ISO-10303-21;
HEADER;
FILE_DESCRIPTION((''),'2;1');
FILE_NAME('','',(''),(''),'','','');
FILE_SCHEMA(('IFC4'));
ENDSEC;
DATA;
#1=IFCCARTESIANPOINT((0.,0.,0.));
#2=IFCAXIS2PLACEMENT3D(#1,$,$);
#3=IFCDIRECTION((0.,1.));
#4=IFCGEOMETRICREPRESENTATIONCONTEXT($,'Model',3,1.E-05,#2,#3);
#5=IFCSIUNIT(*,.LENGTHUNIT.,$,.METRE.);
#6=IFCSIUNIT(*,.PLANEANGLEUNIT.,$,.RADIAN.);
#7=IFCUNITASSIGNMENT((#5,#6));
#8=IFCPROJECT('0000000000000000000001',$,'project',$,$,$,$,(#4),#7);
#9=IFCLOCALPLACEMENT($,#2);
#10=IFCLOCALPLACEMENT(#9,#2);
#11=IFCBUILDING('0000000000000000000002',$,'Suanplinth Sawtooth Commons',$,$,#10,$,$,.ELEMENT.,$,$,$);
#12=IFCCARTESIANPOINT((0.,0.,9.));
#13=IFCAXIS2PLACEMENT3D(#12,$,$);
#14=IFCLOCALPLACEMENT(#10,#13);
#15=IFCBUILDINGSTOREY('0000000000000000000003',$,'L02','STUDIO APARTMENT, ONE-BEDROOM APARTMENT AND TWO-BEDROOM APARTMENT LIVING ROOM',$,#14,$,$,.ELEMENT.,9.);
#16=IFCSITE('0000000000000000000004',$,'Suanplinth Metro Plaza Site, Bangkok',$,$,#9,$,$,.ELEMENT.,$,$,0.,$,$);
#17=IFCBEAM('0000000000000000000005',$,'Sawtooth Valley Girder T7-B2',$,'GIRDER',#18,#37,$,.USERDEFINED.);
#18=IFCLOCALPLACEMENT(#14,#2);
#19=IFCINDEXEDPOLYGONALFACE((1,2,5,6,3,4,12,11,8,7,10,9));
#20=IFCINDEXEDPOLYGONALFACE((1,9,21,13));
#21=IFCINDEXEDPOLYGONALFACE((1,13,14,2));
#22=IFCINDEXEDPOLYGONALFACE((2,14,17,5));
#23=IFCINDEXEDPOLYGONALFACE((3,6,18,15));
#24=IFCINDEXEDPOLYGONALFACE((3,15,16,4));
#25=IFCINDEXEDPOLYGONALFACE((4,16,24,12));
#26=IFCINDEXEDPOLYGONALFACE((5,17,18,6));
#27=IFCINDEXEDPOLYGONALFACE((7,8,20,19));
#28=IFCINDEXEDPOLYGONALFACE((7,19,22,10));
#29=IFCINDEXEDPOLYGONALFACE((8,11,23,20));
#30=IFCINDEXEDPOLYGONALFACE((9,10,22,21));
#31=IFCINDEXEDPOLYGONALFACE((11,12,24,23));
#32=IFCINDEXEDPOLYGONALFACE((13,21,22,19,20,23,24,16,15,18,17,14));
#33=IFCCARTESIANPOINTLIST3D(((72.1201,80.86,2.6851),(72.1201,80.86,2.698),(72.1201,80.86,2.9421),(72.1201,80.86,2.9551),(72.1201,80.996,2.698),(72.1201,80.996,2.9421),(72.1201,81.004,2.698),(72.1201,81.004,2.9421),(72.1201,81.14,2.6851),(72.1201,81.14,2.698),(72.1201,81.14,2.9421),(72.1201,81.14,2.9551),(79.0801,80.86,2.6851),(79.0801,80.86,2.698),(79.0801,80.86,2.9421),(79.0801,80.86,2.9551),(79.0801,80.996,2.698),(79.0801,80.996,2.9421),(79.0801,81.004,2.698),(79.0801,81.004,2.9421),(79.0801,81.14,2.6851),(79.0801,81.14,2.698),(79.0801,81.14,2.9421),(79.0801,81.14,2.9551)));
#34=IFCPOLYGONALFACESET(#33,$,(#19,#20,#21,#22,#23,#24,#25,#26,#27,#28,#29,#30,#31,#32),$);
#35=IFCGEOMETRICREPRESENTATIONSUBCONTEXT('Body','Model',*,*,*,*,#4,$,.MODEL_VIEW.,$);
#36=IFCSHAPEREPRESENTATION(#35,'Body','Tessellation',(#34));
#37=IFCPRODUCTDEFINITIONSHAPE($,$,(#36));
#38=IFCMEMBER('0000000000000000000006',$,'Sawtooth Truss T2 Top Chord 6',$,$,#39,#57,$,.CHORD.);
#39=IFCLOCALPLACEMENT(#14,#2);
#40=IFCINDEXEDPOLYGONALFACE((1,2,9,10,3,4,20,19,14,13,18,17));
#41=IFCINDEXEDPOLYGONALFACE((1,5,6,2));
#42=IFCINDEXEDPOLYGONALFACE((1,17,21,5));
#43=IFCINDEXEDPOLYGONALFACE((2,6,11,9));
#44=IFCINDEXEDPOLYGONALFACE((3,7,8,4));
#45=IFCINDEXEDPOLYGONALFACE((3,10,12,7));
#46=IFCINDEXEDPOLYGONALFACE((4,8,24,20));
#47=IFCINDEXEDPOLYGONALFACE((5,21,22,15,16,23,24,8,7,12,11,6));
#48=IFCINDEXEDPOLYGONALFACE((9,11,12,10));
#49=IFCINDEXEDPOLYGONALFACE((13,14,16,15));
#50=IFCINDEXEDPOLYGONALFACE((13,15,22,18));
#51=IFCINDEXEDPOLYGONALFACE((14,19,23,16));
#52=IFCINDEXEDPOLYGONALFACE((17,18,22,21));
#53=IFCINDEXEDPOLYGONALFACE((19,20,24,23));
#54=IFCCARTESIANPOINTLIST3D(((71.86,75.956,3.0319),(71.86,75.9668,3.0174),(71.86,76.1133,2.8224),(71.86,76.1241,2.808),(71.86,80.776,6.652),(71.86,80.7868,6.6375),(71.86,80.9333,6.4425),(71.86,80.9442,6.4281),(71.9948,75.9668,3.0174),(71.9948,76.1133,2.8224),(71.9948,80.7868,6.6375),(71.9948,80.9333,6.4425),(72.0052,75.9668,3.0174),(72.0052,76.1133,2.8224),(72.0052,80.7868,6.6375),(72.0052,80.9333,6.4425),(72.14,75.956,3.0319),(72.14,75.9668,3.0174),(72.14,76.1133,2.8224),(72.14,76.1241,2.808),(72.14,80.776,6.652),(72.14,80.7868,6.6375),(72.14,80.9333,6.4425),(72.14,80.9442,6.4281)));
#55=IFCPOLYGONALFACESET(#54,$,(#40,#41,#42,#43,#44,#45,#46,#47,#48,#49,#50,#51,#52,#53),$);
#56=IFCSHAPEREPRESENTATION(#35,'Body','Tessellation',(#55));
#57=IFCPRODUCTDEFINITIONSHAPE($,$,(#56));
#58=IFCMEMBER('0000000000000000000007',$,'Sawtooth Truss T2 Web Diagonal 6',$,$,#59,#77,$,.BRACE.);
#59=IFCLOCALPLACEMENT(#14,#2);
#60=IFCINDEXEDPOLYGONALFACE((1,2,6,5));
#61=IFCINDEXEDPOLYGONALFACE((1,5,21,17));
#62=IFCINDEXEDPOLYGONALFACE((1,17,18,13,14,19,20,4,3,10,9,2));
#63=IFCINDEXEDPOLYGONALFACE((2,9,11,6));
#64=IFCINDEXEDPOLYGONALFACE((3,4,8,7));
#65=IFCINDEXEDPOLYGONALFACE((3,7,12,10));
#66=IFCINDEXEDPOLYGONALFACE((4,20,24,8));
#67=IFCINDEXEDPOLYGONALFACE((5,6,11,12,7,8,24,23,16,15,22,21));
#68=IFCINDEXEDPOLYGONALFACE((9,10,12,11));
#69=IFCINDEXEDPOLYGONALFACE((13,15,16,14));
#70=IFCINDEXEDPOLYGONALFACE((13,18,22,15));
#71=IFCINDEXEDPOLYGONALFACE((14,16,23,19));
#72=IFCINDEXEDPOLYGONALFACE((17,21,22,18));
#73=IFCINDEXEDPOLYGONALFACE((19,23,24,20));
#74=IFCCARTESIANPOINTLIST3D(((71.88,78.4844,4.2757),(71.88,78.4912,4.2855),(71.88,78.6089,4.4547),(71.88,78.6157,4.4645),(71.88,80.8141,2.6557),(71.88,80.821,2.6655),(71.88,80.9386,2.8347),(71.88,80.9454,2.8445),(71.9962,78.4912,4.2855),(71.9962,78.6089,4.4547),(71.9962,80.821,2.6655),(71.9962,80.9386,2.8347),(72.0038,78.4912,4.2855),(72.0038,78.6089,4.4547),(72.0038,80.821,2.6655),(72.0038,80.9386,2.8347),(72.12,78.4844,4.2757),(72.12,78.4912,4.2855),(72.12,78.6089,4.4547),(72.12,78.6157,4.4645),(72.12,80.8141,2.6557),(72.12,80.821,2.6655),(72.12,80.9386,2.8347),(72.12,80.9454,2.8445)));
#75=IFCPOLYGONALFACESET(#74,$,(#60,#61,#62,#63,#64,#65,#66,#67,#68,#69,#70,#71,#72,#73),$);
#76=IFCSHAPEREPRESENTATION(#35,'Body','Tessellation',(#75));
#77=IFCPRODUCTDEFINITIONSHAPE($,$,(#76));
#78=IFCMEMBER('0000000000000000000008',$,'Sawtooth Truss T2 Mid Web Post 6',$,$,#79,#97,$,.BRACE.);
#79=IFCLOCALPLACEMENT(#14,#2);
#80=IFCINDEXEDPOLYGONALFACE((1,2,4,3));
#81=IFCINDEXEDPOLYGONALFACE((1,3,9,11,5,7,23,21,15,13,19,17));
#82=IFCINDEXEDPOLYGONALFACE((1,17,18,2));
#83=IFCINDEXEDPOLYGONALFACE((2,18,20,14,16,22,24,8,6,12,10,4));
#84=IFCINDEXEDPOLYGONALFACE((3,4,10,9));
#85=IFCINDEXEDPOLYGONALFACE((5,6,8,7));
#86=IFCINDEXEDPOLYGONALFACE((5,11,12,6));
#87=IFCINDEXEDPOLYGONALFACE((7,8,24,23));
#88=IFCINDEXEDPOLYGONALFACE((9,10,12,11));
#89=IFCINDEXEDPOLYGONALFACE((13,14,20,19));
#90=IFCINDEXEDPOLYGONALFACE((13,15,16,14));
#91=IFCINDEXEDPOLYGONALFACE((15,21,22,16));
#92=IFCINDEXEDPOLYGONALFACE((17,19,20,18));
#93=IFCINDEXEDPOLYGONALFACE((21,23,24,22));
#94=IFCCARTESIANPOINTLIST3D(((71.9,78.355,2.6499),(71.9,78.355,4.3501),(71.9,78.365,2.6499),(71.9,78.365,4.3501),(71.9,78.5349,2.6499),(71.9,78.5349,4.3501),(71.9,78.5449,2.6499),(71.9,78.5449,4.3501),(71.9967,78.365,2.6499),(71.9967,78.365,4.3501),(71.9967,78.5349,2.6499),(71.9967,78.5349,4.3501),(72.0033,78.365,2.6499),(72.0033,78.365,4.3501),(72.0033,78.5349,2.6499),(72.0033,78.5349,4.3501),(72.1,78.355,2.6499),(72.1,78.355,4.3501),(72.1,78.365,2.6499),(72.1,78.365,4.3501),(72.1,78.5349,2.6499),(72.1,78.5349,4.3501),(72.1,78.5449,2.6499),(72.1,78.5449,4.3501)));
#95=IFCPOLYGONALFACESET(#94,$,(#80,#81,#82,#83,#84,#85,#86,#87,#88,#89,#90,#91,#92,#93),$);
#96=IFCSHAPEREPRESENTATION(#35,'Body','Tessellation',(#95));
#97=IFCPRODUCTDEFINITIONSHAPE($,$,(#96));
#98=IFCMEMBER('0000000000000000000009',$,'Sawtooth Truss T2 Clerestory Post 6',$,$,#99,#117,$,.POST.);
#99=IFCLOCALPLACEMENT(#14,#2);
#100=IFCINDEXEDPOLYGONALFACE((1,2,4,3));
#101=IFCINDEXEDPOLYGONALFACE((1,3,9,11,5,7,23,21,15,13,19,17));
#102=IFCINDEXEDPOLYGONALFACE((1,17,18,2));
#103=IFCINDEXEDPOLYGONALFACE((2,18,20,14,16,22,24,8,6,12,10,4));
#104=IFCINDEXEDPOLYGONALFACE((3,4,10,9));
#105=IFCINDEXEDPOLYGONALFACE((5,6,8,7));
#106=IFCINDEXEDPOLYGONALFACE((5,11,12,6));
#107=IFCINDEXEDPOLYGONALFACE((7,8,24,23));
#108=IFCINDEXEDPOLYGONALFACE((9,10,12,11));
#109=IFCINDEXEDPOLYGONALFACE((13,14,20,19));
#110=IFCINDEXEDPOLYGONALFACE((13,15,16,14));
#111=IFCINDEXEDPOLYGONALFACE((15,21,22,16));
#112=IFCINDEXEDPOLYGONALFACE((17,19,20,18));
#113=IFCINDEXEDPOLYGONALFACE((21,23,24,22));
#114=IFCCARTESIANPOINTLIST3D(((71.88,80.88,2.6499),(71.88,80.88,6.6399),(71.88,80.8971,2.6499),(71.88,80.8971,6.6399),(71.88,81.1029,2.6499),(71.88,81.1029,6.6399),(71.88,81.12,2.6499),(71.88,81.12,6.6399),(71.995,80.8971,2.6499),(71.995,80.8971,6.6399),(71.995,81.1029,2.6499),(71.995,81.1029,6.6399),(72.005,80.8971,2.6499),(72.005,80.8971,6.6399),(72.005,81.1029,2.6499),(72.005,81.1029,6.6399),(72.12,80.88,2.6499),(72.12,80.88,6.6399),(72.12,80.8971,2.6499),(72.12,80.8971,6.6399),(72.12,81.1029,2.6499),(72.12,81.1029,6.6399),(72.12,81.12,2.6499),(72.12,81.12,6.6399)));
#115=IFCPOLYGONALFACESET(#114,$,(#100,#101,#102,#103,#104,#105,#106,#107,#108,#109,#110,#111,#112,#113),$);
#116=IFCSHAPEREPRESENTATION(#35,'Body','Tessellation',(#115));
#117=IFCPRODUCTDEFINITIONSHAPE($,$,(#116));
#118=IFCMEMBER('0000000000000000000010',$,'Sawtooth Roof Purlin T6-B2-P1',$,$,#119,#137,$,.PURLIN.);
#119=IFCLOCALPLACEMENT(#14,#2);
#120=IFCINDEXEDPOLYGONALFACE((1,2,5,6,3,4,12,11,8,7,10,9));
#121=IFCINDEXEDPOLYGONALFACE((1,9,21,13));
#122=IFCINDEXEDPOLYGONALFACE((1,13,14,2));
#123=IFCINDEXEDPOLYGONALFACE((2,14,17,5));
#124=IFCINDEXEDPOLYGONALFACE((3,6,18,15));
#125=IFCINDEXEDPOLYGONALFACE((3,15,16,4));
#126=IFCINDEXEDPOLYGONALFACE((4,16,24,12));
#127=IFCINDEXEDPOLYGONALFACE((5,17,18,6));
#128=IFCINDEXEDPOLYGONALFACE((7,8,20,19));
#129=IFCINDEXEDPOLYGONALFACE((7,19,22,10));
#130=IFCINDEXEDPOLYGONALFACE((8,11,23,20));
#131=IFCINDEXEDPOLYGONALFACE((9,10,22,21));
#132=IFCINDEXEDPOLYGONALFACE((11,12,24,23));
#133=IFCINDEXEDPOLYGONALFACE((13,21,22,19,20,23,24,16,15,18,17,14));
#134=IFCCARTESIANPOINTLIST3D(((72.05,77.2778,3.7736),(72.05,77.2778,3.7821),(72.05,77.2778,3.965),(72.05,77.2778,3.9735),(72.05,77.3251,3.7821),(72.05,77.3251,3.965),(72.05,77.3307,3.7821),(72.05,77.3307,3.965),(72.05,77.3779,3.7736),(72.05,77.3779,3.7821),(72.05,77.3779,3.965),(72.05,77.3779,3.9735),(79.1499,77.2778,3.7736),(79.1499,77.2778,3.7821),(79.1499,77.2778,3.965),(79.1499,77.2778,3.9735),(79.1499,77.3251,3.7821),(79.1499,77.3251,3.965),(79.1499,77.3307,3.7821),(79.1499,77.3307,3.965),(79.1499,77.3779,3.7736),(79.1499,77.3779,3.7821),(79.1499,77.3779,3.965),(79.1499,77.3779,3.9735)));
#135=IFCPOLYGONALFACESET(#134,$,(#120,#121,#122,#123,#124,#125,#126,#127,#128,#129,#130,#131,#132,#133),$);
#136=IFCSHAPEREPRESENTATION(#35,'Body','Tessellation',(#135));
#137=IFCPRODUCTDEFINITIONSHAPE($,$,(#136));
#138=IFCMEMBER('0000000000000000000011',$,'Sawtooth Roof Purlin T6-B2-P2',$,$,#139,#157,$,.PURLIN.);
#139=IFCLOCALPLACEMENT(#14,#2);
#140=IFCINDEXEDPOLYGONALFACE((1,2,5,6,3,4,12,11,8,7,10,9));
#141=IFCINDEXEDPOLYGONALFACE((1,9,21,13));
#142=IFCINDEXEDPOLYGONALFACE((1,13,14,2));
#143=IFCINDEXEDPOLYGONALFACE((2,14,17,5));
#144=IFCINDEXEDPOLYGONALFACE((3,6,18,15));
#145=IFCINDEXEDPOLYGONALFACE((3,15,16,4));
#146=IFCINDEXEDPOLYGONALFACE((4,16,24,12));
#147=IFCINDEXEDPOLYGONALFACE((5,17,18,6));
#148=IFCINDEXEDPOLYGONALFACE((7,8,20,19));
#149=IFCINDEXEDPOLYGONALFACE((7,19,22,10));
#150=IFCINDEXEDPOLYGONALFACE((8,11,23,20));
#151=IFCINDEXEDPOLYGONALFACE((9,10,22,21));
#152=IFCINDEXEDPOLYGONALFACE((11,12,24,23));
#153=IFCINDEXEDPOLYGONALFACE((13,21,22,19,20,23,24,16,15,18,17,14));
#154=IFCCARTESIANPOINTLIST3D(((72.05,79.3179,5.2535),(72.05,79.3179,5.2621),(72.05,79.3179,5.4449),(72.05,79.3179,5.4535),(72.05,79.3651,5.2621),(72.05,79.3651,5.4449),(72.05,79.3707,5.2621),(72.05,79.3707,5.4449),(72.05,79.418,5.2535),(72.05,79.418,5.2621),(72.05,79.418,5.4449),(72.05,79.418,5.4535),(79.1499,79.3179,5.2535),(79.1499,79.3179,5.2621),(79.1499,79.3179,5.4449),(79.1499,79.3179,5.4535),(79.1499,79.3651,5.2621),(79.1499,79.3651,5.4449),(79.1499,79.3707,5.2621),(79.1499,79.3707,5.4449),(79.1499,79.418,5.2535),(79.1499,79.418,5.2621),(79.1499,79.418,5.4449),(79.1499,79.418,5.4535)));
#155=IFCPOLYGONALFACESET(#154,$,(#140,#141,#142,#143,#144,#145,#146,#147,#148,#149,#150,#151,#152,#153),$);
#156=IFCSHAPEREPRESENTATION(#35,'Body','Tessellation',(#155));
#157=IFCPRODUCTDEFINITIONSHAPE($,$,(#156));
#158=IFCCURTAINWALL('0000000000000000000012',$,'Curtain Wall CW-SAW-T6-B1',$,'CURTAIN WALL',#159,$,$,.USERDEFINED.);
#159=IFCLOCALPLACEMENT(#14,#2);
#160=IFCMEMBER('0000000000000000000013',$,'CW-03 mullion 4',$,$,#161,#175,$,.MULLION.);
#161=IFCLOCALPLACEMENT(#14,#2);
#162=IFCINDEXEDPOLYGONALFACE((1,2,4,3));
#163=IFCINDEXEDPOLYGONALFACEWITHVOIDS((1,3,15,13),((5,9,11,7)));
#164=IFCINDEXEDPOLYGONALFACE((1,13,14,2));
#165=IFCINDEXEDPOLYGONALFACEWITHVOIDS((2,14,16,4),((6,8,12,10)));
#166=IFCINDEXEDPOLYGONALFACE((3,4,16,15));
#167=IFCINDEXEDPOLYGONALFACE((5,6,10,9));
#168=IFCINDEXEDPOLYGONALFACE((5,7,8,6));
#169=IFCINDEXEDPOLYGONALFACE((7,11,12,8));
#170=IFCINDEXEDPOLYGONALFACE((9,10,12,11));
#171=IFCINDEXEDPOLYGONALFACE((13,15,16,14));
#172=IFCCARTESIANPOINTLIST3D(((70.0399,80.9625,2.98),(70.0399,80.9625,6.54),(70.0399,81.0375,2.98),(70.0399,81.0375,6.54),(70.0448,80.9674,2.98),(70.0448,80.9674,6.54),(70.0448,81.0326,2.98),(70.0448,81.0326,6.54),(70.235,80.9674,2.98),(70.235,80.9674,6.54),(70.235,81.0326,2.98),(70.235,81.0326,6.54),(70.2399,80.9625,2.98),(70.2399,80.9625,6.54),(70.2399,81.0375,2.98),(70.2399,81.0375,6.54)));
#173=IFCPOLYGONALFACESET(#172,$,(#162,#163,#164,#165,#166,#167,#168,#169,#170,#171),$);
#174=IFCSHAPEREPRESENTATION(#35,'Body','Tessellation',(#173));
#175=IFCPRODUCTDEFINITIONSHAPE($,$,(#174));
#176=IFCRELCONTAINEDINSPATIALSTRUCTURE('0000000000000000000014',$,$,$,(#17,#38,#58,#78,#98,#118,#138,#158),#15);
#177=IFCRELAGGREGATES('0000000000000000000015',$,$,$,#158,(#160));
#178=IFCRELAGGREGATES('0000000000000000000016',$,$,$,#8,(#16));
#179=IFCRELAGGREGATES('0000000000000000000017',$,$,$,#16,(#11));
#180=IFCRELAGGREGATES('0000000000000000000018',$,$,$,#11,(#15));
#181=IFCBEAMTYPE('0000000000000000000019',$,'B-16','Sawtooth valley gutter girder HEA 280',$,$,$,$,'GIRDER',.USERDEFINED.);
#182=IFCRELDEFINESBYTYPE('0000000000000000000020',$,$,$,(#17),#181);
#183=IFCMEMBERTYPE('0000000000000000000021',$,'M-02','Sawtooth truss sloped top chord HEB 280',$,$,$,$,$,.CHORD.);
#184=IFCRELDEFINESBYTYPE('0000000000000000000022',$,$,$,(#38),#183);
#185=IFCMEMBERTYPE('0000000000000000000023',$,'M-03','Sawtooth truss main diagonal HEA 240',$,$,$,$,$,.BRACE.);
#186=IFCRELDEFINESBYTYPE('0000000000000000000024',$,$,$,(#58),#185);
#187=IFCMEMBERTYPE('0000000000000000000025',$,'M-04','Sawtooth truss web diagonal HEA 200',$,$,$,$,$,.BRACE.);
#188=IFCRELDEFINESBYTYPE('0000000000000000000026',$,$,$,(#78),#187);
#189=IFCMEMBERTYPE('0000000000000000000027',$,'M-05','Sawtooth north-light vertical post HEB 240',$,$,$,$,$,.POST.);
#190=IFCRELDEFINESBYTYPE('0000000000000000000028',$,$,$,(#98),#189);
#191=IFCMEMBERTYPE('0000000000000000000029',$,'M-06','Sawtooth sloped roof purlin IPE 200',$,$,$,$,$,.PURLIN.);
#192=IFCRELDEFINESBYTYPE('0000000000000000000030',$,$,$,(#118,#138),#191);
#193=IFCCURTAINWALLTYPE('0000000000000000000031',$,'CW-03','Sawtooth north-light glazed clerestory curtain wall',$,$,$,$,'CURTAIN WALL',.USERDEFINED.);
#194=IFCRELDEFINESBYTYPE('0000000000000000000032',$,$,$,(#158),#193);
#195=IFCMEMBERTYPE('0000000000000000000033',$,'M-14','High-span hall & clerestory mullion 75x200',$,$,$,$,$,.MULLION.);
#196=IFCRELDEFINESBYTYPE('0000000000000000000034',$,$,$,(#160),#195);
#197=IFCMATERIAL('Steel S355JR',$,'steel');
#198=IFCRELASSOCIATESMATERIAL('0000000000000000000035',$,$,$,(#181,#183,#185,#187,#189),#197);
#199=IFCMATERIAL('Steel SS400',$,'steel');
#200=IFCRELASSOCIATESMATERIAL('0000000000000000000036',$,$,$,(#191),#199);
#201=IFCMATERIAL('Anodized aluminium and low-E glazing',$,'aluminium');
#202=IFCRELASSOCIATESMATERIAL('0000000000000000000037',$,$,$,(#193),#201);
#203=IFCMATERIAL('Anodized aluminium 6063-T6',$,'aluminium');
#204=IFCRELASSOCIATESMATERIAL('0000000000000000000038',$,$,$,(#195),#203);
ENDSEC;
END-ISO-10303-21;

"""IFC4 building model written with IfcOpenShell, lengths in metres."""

from ifc_helpers import new_model, si_unit, direction, frame, origin, origin_2d, place, context, subcontext, project, spatial, hollow_rectangle, i_section, extrude, material, material_profile, profile_set, type_object, element, aggregate, save


model = new_model("IFC4")

# Units and contexts
model_context = context("Model", 3, precision=1e-05, world=origin(), true_north=direction((0.0, 1.0)))
body_context = subcontext(model_context, "Body", "Model", "MODEL_VIEW")
ifc_project = project(units=[si_unit("LENGTHUNIT", "METRE"), si_unit("PLANEANGLEUNIT", "RADIAN")], contexts=[model_context])

# Site, building, storey
site_placement = place(None, origin())
site = spatial("IfcSite", under=ifc_project, at=site_placement, Name="Suanplinth Metro Plaza Site, Bangkok", CompositionType="ELEMENT", RefElevation=0.0)
building_placement = place(site_placement, origin())
building = spatial("IfcBuilding", under=site, at=building_placement, Name="Suanplinth Sawtooth Commons", CompositionType="ELEMENT")
storey_placement = place(building_placement, frame((0.0, 0.0, 9.0)))
storey = spatial("IfcBuildingStorey", under=building, at=storey_placement, Name="L02", Description="STUDIO APARTMENT, ONE-BEDROOM APARTMENT AND TWO-BEDROOM APARTMENT LIVING ROOM", CompositionType="ELEMENT", Elevation=9.0)

# Beam
ifc_material_1 = material(Name="Steel S355JR", Category="steel")
ifc_material_profile_1 = material_profile(ifc_material_1, i_section(OverallWidth=0.28, OverallDepth=0.27, WebThickness=0.0081, FlangeThickness=0.0129, at=origin_2d()), Name="HEA 280")
ifc_profile_set_1 = profile_set([ifc_material_profile_1], Name="Steel S355JR")
beam_type = type_object("IfcBeamType", Name="B-16", Description="Sawtooth valley gutter girder HEA 280", ElementType="GIRDER", PredefinedType="USERDEFINED", material=ifc_profile_set_1)
beam_placement = place(storey_placement, frame((72.1201, 81.0, 2.8201), z_axis=(1.0, 0.0, 0.0), x_axis=(0.0, 1.0, 0.0)))
element("IfcBeam", 1, at=beam_placement, inside=storey, type_object=beam_type, Name="Sawtooth Valley Girder T7-B2", ObjectType="GIRDER", PredefinedType="USERDEFINED", context=body_context, shape_type="SweptSolid", body=[
    extrude(i_section(OverallWidth=0.28, OverallDepth=0.27, WebThickness=0.0081, FlangeThickness=0.0129, at=origin_2d()), origin(), (0.0, 0.0, 1.0), 6.96),
])

# Members
ifc_material_profile_2 = material_profile(ifc_material_1, i_section(OverallWidth=0.28, OverallDepth=0.28, WebThickness=0.0105, FlangeThickness=0.0181, at=origin_2d()), Name="HEB 280")
ifc_profile_set_2 = profile_set([ifc_material_profile_2], Name="Steel S355JR")
member_type_1 = type_object("IfcMemberType", Name="M-02", Description="Sawtooth truss sloped top chord HEB 280", PredefinedType="CHORD", material=ifc_profile_set_2)
member_1_placement = place(storey_placement, frame((72.0, 76.04, 2.9199), z_axis=(0.0, 0.799596, 0.600538), x_axis=(-1.0, 0.0, 0.0)))
element("IfcMember", 2, at=member_1_placement, inside=storey, type_object=member_type_1, Name="Sawtooth Truss T2 Top Chord 6", PredefinedType="CHORD", context=body_context, shape_type="SweptSolid", body=[
    extrude(i_section(OverallWidth=0.28, OverallDepth=0.28, WebThickness=0.0105, FlangeThickness=0.0181, at=origin_2d()), origin(), (0.0, 0.0, 1.0), 6.0281),
])
ifc_material_profile_3 = material_profile(ifc_material_1, i_section(OverallWidth=0.24, OverallDepth=0.23, WebThickness=0.0076, FlangeThickness=0.012, at=origin_2d()), Name="HEA 240")
ifc_profile_set_3 = profile_set([ifc_material_profile_3], Name="Steel S355JR")
member_type_2 = type_object("IfcMemberType", Name="M-03", Description="Sawtooth truss main diagonal HEA 240", PredefinedType="BRACE", material=ifc_profile_set_3)
member_2_placement = place(storey_placement, frame((72.0, 78.55, 4.3701), z_axis=(0.0, 0.82101, -0.570913), x_axis=(-1.0, 0.0, 0.0)))
element("IfcMember", 3, at=member_2_placement, inside=storey, type_object=member_type_2, Name="Sawtooth Truss T2 Web Diagonal 6", PredefinedType="BRACE", context=body_context, shape_type="SweptSolid", body=[
    extrude(i_section(OverallWidth=0.24, OverallDepth=0.23, WebThickness=0.0076, FlangeThickness=0.012, at=origin_2d()), origin(), (0.0, 0.0, 1.0), 2.8376),
])
ifc_material_profile_4 = material_profile(ifc_material_1, i_section(OverallWidth=0.2, OverallDepth=0.1899, WebThickness=0.0066, FlangeThickness=0.01, at=origin_2d()), Name="HEA 200")
ifc_profile_set_4 = profile_set([ifc_material_profile_4], Name="Steel S355JR")
member_type_3 = type_object("IfcMemberType", Name="M-04", Description="Sawtooth truss web diagonal HEA 200", PredefinedType="BRACE", material=ifc_profile_set_4)
member_3_placement = place(storey_placement, frame((72.0, 78.45, 2.6499), z_axis=(0.0, 0.0, 1.0), x_axis=(1.0, 0.0, 0.0)))
element("IfcMember", 4, at=member_3_placement, inside=storey, type_object=member_type_3, Name="Sawtooth Truss T2 Mid Web Post 6", PredefinedType="BRACE", context=body_context, shape_type="SweptSolid", body=[
    extrude(i_section(OverallWidth=0.2, OverallDepth=0.1899, WebThickness=0.0066, FlangeThickness=0.01, at=origin_2d()), origin(), (0.0, 0.0, 1.0), 1.7002),
])
ifc_material_profile_5 = material_profile(ifc_material_1, i_section(OverallWidth=0.24, OverallDepth=0.24, WebThickness=0.01, FlangeThickness=0.0171, at=origin_2d()), Name="HEB 240")
ifc_profile_set_5 = profile_set([ifc_material_profile_5], Name="Steel S355JR")
member_type_4 = type_object("IfcMemberType", Name="M-05", Description="Sawtooth north-light vertical post HEB 240", PredefinedType="POST", material=ifc_profile_set_5)
member_4_placement = place(storey_placement, frame((72.0, 81.0, 2.6499), z_axis=(0.0, 0.0, 1.0), x_axis=(1.0, 0.0, 0.0)))
element("IfcMember", 5, at=member_4_placement, inside=storey, type_object=member_type_4, Name="Sawtooth Truss T2 Clerestory Post 6", PredefinedType="POST", context=body_context, shape_type="SweptSolid", body=[
    extrude(i_section(OverallWidth=0.24, OverallDepth=0.24, WebThickness=0.01, FlangeThickness=0.0171, at=origin_2d()), origin(), (0.0, 0.0, 1.0), 3.99),
])
ifc_material_2 = material(Name="Steel SS400", Category="steel")
ifc_material_profile_6 = material_profile(ifc_material_2, i_section(OverallWidth=0.1001, OverallDepth=0.2, WebThickness=0.0056, FlangeThickness=0.0085, at=origin_2d()), Name="IPE 200")
ifc_profile_set_6 = profile_set([ifc_material_profile_6], Name="Steel SS400")
member_type_5 = type_object("IfcMemberType", Name="M-06", Description="Sawtooth sloped roof purlin IPE 200", PredefinedType="PURLIN", material=ifc_profile_set_6)
for number, where, z_axis, x_axis, name in (
    (6, (72.05, 77.3279, 3.8735), (1.0, 0.0, 0.0), (0.0, 1.0, 0.0), "Sawtooth Roof Purlin T6-B2-P1"),
    (7, (72.05, 79.3679, 5.3535), (1.0, 0.0, 0.0), (0.0, 1.0, 0.0), "Sawtooth Roof Purlin T6-B2-P2"),
):
    element("IfcMember", number, at=place(storey_placement, frame(where, z_axis=z_axis, x_axis=x_axis)), inside=storey, type_object=member_type_5, Name=name, PredefinedType="PURLIN", context=body_context, shape_type="SweptSolid", body=[
        extrude(i_section(OverallWidth=0.1001, OverallDepth=0.2, WebThickness=0.0056, FlangeThickness=0.0085, at=origin_2d()), origin(), (0.0, 0.0, 1.0), 7.0999),
    ])

# Curtain wall, member
ifc_material_3 = material(Name="Anodized aluminium and low-E glazing", Category="aluminium")
curtain_wall_type = type_object("IfcCurtainWallType", Name="CW-03", Description="Sawtooth north-light glazed clerestory curtain wall", ElementType="CURTAIN WALL", PredefinedType="USERDEFINED", material=ifc_material_3)
curtain_wall_1_placement = place(storey_placement, origin())
curtain_wall_1 = element("IfcCurtainWall", 8, at=curtain_wall_1_placement, inside=storey, type_object=curtain_wall_type, Name="Curtain Wall CW-SAW-T6-B1", ObjectType="CURTAIN WALL", PredefinedType="USERDEFINED")
ifc_material_4 = material(Name="Anodized aluminium 6063-T6", Category="aluminium")
ifc_material_profile_7 = material_profile(ifc_material_4, hollow_rectangle(XDim=0.075, YDim=0.2, WallThickness=0.0049, at=origin_2d()), Name="ALU-MUL 75x200")
ifc_profile_set_7 = profile_set([ifc_material_profile_7], Name="Anodized aluminium 6063-T6")
member_type_6 = type_object("IfcMemberType", Name="M-14", Description="High-span hall & clerestory mullion 75x200", PredefinedType="MULLION", material=ifc_profile_set_7)
member_5_placement = place(storey_placement, frame((70.1399, 81.0, 2.98), z_axis=(0.0, 0.0, 1.0), x_axis=(0.0, 1.0, 0.0)))
member_5 = element("IfcMember", 9, at=member_5_placement, type_object=member_type_6, Name="CW-03 mullion 4", PredefinedType="MULLION", context=body_context, shape_type="SweptSolid", body=[
    extrude(hollow_rectangle(XDim=0.075, YDim=0.2, WallThickness=0.0049, at=origin_2d()), origin(), (0.0, 0.0, 1.0), 3.5601),
])

aggregate(curtain_wall_1, [member_5])

save(model, "model.ifc")
